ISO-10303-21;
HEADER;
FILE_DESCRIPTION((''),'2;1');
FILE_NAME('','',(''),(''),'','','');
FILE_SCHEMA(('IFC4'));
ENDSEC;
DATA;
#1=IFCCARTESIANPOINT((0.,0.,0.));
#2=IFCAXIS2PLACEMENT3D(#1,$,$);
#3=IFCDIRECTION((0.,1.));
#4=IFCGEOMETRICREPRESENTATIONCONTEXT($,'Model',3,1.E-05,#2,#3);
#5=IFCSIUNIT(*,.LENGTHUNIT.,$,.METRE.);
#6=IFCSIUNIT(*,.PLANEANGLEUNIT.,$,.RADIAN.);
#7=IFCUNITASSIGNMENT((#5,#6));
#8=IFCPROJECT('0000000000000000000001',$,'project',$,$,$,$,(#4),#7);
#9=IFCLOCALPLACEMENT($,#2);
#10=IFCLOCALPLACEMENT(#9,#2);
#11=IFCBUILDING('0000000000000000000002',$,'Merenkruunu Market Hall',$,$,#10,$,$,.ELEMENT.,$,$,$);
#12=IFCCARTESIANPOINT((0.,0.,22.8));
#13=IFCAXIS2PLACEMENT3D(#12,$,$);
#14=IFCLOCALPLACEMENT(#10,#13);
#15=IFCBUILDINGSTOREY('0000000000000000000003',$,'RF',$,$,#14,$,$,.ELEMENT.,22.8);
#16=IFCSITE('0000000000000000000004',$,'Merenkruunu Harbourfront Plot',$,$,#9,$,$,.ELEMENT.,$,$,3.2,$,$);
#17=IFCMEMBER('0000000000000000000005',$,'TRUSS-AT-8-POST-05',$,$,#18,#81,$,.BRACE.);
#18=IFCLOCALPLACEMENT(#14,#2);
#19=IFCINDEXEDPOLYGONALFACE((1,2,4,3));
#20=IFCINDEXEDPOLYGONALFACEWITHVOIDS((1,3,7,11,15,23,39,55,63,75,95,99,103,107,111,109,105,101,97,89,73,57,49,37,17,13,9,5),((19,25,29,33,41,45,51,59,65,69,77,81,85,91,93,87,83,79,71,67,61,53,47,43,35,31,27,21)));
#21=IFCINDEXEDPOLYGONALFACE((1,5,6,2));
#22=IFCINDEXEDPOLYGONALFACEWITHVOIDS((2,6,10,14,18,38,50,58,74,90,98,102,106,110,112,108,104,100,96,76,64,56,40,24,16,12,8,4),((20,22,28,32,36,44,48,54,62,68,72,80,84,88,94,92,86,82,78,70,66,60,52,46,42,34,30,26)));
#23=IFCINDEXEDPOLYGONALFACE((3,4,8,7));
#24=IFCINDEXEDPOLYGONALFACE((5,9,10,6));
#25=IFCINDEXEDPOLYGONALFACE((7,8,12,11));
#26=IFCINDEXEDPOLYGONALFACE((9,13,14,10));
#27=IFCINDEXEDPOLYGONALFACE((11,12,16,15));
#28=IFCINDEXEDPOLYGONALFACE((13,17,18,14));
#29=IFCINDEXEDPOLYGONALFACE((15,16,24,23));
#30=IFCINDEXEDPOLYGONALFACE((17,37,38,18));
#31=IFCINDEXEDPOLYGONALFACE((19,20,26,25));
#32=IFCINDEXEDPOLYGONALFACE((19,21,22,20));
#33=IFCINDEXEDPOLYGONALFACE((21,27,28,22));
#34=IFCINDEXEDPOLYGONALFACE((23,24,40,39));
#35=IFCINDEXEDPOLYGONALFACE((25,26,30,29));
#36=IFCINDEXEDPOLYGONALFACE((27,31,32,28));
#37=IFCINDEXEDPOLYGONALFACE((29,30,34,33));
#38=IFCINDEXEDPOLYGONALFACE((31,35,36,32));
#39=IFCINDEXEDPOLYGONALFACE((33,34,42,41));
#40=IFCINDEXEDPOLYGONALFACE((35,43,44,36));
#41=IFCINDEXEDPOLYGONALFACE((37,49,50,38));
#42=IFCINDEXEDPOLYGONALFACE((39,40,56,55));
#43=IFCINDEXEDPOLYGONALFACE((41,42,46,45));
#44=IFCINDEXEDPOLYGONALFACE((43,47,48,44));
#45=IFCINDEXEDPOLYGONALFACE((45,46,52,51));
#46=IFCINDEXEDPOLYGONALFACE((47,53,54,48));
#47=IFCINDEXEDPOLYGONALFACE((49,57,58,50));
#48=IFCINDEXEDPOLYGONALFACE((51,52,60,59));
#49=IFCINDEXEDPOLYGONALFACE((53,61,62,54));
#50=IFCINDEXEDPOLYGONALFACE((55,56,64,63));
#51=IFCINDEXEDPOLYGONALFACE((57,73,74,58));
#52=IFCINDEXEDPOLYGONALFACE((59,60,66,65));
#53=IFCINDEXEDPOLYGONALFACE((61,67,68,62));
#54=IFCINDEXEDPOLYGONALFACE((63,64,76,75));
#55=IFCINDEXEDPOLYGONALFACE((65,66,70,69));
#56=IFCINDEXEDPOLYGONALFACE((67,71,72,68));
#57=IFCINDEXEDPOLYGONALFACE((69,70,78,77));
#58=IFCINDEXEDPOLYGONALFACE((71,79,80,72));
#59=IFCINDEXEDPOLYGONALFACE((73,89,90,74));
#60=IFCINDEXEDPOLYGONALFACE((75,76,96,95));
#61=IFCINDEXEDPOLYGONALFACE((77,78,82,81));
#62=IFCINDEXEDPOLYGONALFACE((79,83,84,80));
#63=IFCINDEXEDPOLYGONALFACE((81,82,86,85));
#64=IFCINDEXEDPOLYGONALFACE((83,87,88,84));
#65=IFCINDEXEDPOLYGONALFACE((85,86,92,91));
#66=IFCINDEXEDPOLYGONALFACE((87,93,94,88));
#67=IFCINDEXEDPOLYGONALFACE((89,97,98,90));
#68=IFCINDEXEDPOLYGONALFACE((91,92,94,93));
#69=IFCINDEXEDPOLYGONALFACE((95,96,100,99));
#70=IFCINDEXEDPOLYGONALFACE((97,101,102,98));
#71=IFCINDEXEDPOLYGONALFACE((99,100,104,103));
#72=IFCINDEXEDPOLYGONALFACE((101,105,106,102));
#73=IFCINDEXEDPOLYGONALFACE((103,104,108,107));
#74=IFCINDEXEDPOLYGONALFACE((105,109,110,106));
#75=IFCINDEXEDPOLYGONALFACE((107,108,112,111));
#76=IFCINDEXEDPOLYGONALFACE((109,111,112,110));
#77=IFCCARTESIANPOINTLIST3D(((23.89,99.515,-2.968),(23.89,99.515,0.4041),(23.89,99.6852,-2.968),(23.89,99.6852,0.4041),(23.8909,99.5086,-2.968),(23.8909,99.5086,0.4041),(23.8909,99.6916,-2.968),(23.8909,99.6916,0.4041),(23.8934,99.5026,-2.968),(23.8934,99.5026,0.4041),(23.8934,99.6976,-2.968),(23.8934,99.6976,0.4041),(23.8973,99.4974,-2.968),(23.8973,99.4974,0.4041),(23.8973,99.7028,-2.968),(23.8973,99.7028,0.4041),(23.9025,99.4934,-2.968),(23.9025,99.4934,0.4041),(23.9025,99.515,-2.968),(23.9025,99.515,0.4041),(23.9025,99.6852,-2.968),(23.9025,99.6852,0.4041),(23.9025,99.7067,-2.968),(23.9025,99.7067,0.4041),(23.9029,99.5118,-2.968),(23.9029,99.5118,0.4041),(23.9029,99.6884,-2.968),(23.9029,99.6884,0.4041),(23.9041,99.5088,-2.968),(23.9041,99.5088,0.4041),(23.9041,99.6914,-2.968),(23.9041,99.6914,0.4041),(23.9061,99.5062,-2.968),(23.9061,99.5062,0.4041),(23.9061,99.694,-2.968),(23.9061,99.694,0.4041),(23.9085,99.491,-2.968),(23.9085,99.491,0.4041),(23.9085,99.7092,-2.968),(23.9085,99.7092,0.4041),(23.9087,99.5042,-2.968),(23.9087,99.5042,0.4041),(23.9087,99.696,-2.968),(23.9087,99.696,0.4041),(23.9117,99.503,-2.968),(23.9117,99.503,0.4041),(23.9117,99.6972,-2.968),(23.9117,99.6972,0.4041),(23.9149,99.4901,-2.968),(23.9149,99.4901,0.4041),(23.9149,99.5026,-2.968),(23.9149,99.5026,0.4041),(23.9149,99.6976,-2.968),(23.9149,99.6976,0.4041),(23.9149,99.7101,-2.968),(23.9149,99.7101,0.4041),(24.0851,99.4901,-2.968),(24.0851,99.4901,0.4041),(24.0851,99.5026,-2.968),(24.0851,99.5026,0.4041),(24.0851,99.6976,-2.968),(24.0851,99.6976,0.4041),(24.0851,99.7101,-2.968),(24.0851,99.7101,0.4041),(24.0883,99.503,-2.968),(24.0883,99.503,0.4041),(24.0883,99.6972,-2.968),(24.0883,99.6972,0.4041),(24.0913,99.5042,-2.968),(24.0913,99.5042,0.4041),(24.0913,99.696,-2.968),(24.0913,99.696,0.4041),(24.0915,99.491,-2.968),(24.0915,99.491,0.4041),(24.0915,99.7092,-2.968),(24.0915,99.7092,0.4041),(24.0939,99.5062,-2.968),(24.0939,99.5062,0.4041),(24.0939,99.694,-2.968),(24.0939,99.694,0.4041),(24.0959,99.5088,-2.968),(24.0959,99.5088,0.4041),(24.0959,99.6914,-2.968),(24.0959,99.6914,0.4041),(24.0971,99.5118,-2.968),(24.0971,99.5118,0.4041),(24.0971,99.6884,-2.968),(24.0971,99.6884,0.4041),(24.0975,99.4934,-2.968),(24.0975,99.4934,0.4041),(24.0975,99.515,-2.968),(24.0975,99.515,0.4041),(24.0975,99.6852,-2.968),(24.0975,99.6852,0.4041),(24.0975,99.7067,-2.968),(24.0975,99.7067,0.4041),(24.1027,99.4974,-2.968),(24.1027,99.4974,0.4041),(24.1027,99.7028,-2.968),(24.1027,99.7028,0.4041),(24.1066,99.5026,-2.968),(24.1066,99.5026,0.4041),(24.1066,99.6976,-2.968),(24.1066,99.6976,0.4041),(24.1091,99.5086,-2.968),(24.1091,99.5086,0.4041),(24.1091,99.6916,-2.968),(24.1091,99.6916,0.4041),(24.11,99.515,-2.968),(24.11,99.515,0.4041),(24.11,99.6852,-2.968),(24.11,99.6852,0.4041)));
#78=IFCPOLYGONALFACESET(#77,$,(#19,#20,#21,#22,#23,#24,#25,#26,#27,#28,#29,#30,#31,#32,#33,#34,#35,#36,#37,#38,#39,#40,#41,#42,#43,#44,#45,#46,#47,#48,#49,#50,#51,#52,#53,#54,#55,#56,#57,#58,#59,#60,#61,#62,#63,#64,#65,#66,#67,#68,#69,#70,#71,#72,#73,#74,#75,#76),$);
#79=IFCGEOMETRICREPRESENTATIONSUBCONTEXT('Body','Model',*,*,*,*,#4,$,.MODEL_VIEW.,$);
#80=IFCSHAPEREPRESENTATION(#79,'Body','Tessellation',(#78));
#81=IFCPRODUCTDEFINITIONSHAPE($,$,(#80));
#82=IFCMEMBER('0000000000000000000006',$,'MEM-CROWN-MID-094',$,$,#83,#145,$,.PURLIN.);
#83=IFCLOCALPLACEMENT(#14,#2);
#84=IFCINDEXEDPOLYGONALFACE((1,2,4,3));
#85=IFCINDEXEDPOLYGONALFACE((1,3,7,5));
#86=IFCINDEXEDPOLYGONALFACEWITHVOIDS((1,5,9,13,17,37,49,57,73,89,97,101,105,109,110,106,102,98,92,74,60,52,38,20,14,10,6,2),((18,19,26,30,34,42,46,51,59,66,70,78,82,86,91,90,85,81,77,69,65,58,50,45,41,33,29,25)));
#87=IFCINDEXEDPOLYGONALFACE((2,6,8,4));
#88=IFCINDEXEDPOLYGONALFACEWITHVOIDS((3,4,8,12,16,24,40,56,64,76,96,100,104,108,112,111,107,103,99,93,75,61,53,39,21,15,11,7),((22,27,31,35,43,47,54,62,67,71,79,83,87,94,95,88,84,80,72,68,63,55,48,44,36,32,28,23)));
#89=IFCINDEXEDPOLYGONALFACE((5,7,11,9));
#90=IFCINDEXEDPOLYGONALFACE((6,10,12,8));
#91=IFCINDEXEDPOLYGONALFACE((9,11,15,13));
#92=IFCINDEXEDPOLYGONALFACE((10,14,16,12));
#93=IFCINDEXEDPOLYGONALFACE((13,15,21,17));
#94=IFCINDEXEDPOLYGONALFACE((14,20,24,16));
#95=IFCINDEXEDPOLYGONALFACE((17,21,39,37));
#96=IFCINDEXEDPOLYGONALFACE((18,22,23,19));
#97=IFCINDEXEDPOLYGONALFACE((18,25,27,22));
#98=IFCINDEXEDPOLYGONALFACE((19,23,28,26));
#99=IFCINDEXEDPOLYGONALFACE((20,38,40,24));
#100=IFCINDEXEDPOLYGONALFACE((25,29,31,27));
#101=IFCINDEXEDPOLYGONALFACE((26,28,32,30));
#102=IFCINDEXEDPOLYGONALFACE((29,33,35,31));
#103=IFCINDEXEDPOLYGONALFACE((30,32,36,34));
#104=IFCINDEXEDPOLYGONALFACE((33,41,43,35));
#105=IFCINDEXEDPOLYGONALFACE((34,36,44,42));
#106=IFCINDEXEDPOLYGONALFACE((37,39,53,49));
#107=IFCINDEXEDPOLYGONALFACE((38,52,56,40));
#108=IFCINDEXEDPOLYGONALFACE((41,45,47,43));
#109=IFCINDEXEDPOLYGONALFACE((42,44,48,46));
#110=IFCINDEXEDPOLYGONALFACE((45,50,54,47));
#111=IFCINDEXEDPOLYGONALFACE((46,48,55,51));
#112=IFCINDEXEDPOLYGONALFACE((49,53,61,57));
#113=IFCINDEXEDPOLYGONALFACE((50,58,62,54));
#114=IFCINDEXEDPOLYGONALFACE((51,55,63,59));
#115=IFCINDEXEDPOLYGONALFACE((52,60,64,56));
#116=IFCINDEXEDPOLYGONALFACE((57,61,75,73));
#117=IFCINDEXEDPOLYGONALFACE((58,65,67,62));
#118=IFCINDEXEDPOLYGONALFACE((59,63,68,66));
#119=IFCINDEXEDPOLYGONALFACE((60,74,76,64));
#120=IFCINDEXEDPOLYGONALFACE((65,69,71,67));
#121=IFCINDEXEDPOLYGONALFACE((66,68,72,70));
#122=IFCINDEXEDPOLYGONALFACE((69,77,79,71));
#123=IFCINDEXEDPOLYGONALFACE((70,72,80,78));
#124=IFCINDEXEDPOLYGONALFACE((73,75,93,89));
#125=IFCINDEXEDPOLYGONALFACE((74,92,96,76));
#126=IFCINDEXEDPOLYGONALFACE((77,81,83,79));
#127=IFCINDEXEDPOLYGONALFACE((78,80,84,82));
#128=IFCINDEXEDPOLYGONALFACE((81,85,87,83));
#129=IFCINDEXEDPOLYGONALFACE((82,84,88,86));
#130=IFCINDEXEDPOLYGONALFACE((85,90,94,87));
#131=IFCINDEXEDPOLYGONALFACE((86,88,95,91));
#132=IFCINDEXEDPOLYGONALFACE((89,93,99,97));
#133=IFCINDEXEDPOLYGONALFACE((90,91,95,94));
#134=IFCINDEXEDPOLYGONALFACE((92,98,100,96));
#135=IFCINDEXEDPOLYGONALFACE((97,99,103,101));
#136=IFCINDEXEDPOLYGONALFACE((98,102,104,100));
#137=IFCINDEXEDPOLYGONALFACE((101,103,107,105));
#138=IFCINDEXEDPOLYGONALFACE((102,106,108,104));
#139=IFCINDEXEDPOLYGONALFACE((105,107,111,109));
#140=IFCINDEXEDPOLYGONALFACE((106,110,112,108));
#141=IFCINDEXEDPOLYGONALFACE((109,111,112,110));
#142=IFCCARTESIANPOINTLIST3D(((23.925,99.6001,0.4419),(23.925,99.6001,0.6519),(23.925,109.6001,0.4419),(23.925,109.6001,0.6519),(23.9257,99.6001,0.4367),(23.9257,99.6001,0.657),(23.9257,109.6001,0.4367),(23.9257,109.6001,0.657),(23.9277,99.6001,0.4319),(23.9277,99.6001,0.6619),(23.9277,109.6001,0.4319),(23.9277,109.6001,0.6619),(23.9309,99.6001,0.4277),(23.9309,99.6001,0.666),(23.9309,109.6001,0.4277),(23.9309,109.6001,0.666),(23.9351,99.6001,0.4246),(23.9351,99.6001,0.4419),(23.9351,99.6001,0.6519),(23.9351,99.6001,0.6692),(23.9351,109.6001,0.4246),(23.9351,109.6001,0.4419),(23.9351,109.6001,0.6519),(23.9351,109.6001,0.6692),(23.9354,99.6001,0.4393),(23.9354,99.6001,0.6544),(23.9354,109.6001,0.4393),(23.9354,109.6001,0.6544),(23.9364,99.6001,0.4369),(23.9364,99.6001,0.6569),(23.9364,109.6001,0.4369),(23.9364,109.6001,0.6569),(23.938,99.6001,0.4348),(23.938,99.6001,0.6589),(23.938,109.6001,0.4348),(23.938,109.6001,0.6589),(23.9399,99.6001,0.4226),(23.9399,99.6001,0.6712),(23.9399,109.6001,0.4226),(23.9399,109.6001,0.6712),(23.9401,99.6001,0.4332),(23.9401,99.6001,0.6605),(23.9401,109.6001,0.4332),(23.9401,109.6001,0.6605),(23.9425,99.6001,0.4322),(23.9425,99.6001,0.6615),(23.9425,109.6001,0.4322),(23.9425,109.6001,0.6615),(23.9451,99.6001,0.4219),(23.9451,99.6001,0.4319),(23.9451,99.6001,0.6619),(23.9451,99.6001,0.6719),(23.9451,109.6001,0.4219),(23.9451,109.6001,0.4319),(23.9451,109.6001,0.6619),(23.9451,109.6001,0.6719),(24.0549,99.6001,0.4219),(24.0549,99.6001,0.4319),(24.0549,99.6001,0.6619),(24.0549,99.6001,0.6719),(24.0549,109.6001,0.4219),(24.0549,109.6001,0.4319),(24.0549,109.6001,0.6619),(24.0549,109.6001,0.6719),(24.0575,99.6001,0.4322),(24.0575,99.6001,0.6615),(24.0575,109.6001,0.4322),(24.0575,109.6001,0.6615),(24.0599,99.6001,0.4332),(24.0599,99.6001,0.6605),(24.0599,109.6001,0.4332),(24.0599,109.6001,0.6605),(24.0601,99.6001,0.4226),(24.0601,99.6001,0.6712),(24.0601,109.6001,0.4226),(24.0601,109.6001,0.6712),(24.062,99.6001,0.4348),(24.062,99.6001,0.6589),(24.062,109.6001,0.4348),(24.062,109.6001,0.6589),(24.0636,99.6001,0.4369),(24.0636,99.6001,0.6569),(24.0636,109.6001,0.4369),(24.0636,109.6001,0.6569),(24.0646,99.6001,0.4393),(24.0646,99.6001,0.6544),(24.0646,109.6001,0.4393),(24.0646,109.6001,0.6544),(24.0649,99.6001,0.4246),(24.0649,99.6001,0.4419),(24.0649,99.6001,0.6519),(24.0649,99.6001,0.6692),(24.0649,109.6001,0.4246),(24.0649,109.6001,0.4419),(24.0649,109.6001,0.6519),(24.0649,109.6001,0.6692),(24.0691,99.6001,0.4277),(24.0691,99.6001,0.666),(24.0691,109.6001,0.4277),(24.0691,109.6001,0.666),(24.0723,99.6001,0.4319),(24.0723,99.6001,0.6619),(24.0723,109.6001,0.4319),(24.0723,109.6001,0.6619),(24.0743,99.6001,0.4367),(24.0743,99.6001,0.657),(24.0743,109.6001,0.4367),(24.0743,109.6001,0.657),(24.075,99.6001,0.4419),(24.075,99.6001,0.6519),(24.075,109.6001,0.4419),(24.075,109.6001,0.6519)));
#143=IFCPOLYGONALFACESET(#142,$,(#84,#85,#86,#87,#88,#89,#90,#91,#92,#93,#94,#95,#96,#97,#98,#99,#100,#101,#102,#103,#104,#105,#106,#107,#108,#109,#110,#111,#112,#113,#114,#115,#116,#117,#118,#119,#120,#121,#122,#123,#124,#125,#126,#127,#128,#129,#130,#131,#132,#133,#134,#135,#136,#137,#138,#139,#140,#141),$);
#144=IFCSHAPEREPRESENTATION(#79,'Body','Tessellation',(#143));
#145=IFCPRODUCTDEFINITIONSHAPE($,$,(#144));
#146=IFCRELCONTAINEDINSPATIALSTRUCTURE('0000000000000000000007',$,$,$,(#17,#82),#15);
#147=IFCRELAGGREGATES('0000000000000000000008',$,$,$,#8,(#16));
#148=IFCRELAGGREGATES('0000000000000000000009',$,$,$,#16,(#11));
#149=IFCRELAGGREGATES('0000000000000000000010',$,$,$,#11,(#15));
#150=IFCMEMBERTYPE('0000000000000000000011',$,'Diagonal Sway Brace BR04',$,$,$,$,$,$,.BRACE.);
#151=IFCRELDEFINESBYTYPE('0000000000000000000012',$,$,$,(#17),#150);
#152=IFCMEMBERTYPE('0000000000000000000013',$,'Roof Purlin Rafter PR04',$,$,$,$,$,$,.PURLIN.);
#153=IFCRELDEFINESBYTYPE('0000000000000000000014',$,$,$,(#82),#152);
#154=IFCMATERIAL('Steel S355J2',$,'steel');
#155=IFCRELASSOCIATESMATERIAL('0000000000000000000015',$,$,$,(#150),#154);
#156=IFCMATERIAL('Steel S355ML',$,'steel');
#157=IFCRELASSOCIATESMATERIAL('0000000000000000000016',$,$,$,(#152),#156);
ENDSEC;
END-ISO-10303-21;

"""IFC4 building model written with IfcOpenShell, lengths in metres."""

from ifc_helpers import new_model, si_unit, direction, frame, origin, origin_2d, place, context, subcontext, project, spatial, hollow_rectangle, extrude, material, material_profile, profile_set, type_object, element, save


model = new_model("IFC4")

# Units and contexts
model_context = context("Model", 3, precision=1e-05, world=origin(), true_north=direction((0.0, 1.0)))
body_context = subcontext(model_context, "Body", "Model", "MODEL_VIEW")
ifc_project = project(units=[si_unit("LENGTHUNIT", "METRE"), si_unit("PLANEANGLEUNIT", "RADIAN")], contexts=[model_context])

# Site, building, storey
site_placement = place(None, origin())
site = spatial("IfcSite", under=ifc_project, at=site_placement, Name="Merenkruunu Harbourfront Plot", CompositionType="ELEMENT", RefElevation=3.2)
building_placement = place(site_placement, origin())
building = spatial("IfcBuilding", under=site, at=building_placement, Name="Merenkruunu Market Hall", CompositionType="ELEMENT")
storey_placement = place(building_placement, frame((0.0, 0.0, 22.8)))
storey = spatial("IfcBuildingStorey", under=building, at=storey_placement, Name="RF", CompositionType="ELEMENT", Elevation=22.8)

# Members
ifc_material_1 = material(Name="Steel S355ML", Category="steel")
ifc_material_2 = material(Name="Steel S355J2", Category="steel")
ifc_material_profile_1 = material_profile(ifc_material_2, hollow_rectangle(XDim=0.22, YDim=0.22, WallThickness=0.0125, InnerFilletRadius=0.0125, OuterFilletRadius=0.0249, at=origin_2d()), Name="SHS 220x220x12.5")
ifc_profile_set_1 = profile_set([ifc_material_profile_1], Name="Steel S355J2")
member_type_1 = type_object("IfcMemberType", Name="Diagonal Sway Brace BR04", PredefinedType="BRACE", material=ifc_profile_set_1)
member_1_placement = place(storey_placement, frame((24.0, 99.6001, -2.968), z_axis=(0.0, 0.0, 1.0), x_axis=(1.0, 0.0, 0.0)))
element("IfcMember", 1, at=member_1_placement, inside=storey, type_object=member_type_1, Name="TRUSS-AT-8-POST-05", PredefinedType="BRACE", context=body_context, shape_type="SweptSolid", body=[
    extrude(hollow_rectangle(XDim=0.22, YDim=0.22, WallThickness=0.0125, InnerFilletRadius=0.0125, OuterFilletRadius=0.0249, at=origin_2d()), origin(), (0.0, 0.0, 1.0), 3.3721),
])
ifc_material_profile_2 = material_profile(ifc_material_1, hollow_rectangle(XDim=0.1499, YDim=0.25, WallThickness=0.01, InnerFilletRadius=0.01, OuterFilletRadius=0.02, at=origin_2d()), Name="RHS 250x150x10")
ifc_profile_set_2 = profile_set([ifc_material_profile_2], Name="Steel S355ML")
member_type_2 = type_object("IfcMemberType", Name="Roof Purlin Rafter PR04", PredefinedType="PURLIN", material=ifc_profile_set_2)
member_2_placement = place(storey_placement, frame((24.0, 99.6001, 0.5469), z_axis=(0.0, 1.0, 0.0), x_axis=(-1.0, 0.0, 0.0)))
element("IfcMember", 2, at=member_2_placement, inside=storey, type_object=member_type_2, Name="MEM-CROWN-MID-094", PredefinedType="PURLIN", context=body_context, shape_type="SweptSolid", body=[
    extrude(hollow_rectangle(XDim=0.1499, YDim=0.25, WallThickness=0.01, InnerFilletRadius=0.01, OuterFilletRadius=0.02, at=origin_2d()), origin(), (0.0, 0.0, 1.0), 10.0),
])

save(model, "model.ifc")
